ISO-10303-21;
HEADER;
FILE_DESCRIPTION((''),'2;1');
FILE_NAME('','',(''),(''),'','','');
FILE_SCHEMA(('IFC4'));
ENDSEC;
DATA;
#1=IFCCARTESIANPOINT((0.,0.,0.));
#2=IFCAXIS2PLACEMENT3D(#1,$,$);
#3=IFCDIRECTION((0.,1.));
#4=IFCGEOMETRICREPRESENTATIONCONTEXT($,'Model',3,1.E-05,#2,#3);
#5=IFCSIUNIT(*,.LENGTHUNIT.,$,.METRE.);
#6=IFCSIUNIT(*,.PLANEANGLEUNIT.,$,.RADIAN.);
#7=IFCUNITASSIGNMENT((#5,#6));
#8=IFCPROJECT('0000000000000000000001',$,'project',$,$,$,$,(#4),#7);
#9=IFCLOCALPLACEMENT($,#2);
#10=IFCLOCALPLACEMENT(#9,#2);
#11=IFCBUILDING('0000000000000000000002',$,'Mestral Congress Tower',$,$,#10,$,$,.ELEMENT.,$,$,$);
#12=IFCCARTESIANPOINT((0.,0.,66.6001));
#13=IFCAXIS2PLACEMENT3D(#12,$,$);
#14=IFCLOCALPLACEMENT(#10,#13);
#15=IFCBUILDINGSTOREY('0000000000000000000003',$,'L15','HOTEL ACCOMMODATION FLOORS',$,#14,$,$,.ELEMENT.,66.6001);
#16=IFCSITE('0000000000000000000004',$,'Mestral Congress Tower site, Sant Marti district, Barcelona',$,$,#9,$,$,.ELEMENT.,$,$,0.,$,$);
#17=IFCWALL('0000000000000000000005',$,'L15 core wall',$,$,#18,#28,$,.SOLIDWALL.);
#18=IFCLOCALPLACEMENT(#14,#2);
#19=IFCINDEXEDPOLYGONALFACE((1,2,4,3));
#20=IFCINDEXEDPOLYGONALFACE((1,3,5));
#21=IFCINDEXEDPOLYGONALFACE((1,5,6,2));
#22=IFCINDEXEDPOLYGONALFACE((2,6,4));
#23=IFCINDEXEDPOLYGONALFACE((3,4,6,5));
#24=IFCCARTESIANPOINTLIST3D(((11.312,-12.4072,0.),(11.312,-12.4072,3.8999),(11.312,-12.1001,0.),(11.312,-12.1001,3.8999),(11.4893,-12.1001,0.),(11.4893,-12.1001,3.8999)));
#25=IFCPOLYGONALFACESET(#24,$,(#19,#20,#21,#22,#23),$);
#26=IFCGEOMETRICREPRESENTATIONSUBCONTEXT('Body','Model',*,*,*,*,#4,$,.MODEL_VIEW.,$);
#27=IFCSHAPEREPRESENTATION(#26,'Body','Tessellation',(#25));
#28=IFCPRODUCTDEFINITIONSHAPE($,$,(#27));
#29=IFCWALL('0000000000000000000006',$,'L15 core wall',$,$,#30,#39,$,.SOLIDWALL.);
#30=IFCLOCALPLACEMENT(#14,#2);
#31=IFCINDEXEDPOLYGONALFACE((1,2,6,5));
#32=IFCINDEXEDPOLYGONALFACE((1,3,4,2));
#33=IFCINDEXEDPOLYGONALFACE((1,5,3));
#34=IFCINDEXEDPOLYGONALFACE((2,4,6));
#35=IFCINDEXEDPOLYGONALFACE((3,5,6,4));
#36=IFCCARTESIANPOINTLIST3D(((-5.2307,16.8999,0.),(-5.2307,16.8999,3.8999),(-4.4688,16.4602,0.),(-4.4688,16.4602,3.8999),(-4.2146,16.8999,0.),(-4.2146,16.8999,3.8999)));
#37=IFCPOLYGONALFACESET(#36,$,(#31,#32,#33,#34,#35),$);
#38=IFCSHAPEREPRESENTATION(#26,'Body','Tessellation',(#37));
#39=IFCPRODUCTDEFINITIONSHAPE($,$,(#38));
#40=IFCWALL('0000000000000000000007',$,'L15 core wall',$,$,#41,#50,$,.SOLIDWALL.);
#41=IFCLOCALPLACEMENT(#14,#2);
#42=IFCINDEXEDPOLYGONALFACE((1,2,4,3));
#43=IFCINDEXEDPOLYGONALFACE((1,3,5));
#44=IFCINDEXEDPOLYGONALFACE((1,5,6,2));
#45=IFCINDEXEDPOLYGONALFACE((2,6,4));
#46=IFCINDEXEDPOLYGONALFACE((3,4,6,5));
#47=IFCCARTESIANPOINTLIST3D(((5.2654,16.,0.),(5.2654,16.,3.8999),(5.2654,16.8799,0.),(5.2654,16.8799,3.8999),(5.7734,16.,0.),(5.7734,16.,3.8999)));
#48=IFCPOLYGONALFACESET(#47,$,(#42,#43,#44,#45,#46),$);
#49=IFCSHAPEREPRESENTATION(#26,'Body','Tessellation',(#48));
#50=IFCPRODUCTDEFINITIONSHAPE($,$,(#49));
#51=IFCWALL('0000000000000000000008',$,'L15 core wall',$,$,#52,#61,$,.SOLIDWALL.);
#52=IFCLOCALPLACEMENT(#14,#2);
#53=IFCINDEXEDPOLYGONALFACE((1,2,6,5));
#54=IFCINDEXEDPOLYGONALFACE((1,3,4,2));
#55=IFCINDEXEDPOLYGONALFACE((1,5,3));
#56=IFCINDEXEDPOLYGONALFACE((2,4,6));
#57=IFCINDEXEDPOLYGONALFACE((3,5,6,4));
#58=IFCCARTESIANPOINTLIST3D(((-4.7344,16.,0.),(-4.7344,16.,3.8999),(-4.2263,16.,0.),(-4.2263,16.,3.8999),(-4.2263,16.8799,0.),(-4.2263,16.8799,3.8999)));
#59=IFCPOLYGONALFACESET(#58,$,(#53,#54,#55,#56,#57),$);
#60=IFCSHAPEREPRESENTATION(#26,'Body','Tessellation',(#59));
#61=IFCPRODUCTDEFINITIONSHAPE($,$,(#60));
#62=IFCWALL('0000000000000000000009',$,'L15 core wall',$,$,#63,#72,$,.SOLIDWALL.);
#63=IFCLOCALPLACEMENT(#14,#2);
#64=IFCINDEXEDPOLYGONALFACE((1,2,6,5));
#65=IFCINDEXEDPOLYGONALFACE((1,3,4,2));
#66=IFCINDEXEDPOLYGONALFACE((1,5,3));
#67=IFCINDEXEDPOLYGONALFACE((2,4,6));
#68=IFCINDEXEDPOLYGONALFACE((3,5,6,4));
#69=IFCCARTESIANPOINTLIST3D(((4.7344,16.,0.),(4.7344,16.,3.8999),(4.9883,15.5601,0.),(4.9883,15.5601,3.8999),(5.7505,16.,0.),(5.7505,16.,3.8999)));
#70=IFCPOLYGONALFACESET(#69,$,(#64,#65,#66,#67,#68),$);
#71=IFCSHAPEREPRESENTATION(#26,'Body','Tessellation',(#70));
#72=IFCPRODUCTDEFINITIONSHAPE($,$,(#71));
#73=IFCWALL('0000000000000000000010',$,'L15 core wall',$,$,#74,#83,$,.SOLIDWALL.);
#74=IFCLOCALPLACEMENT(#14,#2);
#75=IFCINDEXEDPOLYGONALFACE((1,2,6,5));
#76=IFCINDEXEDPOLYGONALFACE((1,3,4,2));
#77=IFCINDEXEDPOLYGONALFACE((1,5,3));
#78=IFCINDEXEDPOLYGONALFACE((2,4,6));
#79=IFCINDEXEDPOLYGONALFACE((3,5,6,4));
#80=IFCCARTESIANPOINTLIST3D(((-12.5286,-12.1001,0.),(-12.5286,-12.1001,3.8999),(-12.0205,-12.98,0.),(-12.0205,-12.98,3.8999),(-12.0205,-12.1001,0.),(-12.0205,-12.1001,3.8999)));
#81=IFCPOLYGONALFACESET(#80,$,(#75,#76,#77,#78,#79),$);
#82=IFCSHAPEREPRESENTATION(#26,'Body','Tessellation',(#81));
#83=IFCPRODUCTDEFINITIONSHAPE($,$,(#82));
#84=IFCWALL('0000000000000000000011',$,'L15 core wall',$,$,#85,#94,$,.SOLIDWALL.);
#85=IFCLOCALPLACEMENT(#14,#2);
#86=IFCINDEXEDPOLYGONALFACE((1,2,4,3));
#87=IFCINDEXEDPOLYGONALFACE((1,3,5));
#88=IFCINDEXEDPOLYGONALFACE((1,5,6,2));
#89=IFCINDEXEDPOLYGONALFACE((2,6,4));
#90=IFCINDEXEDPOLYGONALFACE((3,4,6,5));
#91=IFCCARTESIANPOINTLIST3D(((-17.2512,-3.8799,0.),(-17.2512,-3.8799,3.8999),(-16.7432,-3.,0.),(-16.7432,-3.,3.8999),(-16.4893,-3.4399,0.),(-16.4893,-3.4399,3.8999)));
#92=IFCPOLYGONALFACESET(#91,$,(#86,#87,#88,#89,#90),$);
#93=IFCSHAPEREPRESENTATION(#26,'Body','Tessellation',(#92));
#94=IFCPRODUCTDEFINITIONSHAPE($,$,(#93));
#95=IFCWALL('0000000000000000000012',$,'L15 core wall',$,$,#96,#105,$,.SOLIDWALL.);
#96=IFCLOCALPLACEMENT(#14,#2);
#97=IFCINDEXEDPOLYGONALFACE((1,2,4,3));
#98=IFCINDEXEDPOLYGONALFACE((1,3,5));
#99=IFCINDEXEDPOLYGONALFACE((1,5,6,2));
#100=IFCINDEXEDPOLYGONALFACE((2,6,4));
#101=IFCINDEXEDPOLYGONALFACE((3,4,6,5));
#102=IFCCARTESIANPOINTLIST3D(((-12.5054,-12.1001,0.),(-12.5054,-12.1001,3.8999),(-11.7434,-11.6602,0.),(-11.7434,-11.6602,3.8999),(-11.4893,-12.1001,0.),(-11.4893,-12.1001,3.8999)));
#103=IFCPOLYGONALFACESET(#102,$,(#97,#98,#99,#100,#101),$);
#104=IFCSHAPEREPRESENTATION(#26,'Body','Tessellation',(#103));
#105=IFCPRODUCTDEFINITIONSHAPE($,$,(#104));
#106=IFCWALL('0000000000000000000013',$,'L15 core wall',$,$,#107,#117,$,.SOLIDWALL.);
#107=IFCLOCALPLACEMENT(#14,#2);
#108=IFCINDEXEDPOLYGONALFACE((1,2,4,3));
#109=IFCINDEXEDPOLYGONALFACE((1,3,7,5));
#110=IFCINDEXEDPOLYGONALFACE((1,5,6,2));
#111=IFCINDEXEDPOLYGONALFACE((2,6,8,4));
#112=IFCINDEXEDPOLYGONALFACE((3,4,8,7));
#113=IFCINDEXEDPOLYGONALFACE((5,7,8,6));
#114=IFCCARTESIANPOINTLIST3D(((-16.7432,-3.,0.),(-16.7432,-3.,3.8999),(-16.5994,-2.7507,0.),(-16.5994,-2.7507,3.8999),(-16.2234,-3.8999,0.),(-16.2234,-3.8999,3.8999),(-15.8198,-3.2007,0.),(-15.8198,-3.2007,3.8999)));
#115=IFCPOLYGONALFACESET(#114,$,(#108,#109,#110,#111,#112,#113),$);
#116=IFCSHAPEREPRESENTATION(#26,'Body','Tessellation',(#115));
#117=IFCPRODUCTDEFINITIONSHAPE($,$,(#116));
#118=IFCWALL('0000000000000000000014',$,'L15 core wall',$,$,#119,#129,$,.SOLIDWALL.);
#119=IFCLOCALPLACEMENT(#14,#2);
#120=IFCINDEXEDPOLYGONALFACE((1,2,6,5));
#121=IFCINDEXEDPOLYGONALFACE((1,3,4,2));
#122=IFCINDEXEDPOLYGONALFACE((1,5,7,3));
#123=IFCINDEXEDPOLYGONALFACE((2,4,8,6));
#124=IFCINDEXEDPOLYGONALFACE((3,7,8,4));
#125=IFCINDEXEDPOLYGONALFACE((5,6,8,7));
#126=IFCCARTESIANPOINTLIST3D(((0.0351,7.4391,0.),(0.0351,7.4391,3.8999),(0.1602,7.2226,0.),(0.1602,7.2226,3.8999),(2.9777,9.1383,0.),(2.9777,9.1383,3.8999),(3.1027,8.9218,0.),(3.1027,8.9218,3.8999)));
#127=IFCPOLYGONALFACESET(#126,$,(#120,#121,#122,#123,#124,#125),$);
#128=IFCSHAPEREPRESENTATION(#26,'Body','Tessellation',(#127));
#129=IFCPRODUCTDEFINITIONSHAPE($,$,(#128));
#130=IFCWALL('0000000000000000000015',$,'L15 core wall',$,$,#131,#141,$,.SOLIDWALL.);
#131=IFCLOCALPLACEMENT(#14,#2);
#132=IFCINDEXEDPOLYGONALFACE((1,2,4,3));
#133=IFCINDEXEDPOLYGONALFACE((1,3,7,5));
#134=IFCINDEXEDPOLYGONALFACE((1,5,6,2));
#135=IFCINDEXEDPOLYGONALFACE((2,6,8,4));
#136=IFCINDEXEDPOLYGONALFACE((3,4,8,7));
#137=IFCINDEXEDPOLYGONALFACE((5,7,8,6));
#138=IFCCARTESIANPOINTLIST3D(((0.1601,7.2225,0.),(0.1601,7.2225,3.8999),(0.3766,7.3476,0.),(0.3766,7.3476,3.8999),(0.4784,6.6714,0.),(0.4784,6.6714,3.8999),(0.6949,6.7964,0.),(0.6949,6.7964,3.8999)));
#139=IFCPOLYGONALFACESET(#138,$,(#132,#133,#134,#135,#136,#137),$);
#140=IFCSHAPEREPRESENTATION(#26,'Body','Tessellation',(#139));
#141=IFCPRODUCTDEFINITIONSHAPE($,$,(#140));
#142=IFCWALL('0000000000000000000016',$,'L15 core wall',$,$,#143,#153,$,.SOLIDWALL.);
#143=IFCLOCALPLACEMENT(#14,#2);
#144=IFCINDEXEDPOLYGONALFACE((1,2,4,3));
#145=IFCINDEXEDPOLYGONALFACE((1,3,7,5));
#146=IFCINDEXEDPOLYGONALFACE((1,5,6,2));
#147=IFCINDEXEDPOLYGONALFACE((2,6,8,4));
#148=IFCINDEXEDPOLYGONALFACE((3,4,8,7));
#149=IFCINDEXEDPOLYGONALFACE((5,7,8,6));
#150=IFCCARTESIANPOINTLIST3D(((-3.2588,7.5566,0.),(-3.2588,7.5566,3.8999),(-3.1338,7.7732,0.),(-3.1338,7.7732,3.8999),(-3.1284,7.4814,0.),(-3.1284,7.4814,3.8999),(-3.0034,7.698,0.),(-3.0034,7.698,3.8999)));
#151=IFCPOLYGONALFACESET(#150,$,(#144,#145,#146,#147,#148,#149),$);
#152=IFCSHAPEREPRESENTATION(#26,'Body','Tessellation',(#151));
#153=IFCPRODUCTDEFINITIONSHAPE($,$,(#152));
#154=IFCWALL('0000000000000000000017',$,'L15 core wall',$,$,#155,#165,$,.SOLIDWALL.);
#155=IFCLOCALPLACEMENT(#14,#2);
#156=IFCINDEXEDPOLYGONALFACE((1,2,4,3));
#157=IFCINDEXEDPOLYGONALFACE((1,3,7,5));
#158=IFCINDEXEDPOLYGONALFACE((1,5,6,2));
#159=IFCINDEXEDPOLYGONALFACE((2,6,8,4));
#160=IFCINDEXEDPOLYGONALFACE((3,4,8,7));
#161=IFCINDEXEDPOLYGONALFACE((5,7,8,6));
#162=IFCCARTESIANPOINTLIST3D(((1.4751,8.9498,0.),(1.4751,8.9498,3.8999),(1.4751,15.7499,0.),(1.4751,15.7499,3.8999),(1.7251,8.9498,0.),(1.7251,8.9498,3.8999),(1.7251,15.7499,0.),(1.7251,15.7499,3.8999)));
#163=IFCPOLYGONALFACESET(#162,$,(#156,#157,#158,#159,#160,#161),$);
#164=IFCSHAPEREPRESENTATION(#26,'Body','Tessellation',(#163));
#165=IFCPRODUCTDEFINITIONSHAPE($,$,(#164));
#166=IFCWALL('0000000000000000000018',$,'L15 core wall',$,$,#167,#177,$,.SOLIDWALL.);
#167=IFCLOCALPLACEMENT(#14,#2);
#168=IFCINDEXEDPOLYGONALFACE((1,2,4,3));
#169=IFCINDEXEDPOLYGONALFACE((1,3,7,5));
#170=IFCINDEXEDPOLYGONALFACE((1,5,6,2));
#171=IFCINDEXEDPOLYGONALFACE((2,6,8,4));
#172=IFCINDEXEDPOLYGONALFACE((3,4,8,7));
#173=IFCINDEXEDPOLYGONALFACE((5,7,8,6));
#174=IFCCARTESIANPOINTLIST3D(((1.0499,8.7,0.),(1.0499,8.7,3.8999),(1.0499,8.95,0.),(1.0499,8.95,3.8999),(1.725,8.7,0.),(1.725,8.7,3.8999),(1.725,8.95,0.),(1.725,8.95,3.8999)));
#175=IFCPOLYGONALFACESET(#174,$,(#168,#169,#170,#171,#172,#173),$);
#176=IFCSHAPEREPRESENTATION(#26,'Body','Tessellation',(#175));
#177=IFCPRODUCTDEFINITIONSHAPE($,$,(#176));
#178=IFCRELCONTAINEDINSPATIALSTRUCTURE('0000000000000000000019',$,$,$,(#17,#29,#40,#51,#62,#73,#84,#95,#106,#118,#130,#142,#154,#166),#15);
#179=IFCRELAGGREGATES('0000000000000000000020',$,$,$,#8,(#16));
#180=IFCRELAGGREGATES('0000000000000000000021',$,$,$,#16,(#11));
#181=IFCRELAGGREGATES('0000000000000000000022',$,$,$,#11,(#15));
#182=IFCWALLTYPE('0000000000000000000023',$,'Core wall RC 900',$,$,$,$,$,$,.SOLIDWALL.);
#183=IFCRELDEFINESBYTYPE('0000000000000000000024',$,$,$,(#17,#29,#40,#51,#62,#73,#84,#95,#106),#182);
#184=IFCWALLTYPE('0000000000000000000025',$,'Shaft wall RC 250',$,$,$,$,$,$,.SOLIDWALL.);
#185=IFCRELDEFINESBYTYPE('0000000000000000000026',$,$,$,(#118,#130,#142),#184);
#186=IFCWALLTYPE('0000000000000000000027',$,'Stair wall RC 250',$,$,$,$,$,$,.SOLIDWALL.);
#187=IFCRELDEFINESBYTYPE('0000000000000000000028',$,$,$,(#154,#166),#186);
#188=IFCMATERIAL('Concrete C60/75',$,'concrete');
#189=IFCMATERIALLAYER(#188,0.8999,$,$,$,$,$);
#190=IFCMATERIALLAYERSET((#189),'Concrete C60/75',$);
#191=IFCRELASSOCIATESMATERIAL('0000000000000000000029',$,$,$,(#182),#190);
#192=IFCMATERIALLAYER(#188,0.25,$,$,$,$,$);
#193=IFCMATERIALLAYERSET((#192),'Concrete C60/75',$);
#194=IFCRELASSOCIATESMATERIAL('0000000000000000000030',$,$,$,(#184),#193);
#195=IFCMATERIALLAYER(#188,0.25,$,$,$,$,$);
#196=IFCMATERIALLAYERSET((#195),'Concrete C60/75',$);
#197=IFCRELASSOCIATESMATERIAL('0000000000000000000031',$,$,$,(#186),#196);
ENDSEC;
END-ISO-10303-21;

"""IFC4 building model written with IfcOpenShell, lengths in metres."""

from ifc_helpers import new_model, si_unit, direction, frame, frame_2d, origin, place, context, subcontext, project, spatial, polyline, rectangle, outline, extrude, material, layer, layer_set, type_object, element, save


model = new_model("IFC4")

# Units and contexts
model_context = context("Model", 3, precision=1e-05, world=origin(), true_north=direction((0.0, 1.0)))
body_context = subcontext(model_context, "Body", "Model", "MODEL_VIEW")
ifc_project = project(units=[si_unit("LENGTHUNIT", "METRE"), si_unit("PLANEANGLEUNIT", "RADIAN")], contexts=[model_context])

# Site, building, storey
site_placement = place(None, origin())
site = spatial("IfcSite", under=ifc_project, at=site_placement, Name="Mestral Congress Tower site, Sant Marti district, Barcelona", CompositionType="ELEMENT", RefElevation=0.0)
building_placement = place(site_placement, origin())
building = spatial("IfcBuilding", under=site, at=building_placement, Name="Mestral Congress Tower", CompositionType="ELEMENT")
storey_placement = place(building_placement, frame((0.0, 0.0, 66.6001)))
storey = spatial("IfcBuildingStorey", under=building, at=storey_placement, Name="L15", Description="HOTEL ACCOMMODATION FLOORS", CompositionType="ELEMENT", Elevation=66.6001)

# Shared definitions
ifc_material_1 = material(Name="Concrete C60/75", Category="concrete")

# Shared definitions
placement = place(storey_placement, origin())

# Walls
ifc_layer_1 = layer(ifc_material_1, 0.8999)
ifc_layer_set_1 = layer_set([ifc_layer_1], Name="Concrete C60/75")
wall_type_1 = type_object("IfcWallType", Name="Core wall RC 900", PredefinedType="SOLIDWALL", material=ifc_layer_set_1)
element("IfcWall", 1, at=placement, inside=storey, type_object=wall_type_1, Name="L15 core wall", PredefinedType="SOLIDWALL", context=body_context, shape_type="SweptSolid", body=[
    extrude(outline(polyline([(11.4893, -12.1001), (11.312, -12.4072), (11.312, -12.1001), (11.4893, -12.1001)])), origin(), (0.0, 0.0, 1.0), 3.8999),
])
element("IfcWall", 2, at=placement, inside=storey, type_object=wall_type_1, Name="L15 core wall", PredefinedType="SOLIDWALL", context=body_context, shape_type="SweptSolid", body=[
    extrude(outline(polyline([(-4.2146, 16.8999), (-4.4688, 16.4602), (-5.2307, 16.8999), (-4.2146, 16.8999)])), origin(), (0.0, 0.0, 1.0), 3.8999),
])
element("IfcWall", 3, at=placement, inside=storey, type_object=wall_type_1, Name="L15 core wall", PredefinedType="SOLIDWALL", context=body_context, shape_type="SweptSolid", body=[
    extrude(outline(polyline([(5.2654, 16.0), (5.2654, 16.8799), (5.7734, 16.0), (5.2654, 16.0)])), origin(), (0.0, 0.0, 1.0), 3.8999),
])
element("IfcWall", 4, at=placement, inside=storey, type_object=wall_type_1, Name="L15 core wall", PredefinedType="SOLIDWALL", context=body_context, shape_type="SweptSolid", body=[
    extrude(outline(polyline([(-4.7344, 16.0), (-4.2263, 16.8799), (-4.2263, 16.0), (-4.7344, 16.0)])), origin(), (0.0, 0.0, 1.0), 3.8999),
])
element("IfcWall", 5, at=placement, inside=storey, type_object=wall_type_1, Name="L15 core wall", PredefinedType="SOLIDWALL", context=body_context, shape_type="SweptSolid", body=[
    extrude(outline(polyline([(4.7344, 16.0), (5.7505, 16.0), (4.9883, 15.5601), (4.7344, 16.0)])), origin(), (0.0, 0.0, 1.0), 3.8999),
])
element("IfcWall", 6, at=placement, inside=storey, type_object=wall_type_1, Name="L15 core wall", PredefinedType="SOLIDWALL", context=body_context, shape_type="SweptSolid", body=[
    extrude(outline(polyline([(-12.5286, -12.1001), (-12.0205, -12.1001), (-12.0205, -12.98), (-12.5286, -12.1001)])), origin(), (0.0, 0.0, 1.0), 3.8999),
])
element("IfcWall", 7, at=placement, inside=storey, type_object=wall_type_1, Name="L15 core wall", PredefinedType="SOLIDWALL", context=body_context, shape_type="SweptSolid", body=[
    extrude(outline(polyline([(-16.4893, -3.4399), (-17.2512, -3.8799), (-16.7432, -3.0), (-16.4893, -3.4399)])), origin(), (0.0, 0.0, 1.0), 3.8999),
])
element("IfcWall", 8, at=placement, inside=storey, type_object=wall_type_1, Name="L15 core wall", PredefinedType="SOLIDWALL", context=body_context, shape_type="SweptSolid", body=[
    extrude(outline(polyline([(-11.4893, -12.1001), (-12.5054, -12.1001), (-11.7434, -11.6602), (-11.4893, -12.1001)])), origin(), (0.0, 0.0, 1.0), 3.8999),
])
element("IfcWall", 9, at=placement, inside=storey, type_object=wall_type_1, Name="L15 core wall", PredefinedType="SOLIDWALL", context=body_context, shape_type="SweptSolid", body=[
    extrude(outline(polyline([(-15.8198, -3.2007), (-16.2234, -3.8999), (-16.7432, -3.0), (-16.5994, -2.7507), (-15.8198, -3.2007)])), origin(), (0.0, 0.0, 1.0), 3.8999),
])
ifc_layer_2 = layer(ifc_material_1, 0.25)
ifc_layer_set_2 = layer_set([ifc_layer_2], Name="Concrete C60/75")
wall_type_2 = type_object("IfcWallType", Name="Shaft wall RC 250", PredefinedType="SOLIDWALL", material=ifc_layer_set_2)
wall_1_placement = place(storey_placement, frame((0.0977, 7.3308, 0.0), z_axis=(0.0, 0.0, 1.0), x_axis=(0.865988, 0.500065, 0.0)))
element("IfcWall", 10, at=wall_1_placement, inside=storey, type_object=wall_type_2, Name="L15 core wall", PredefinedType="SOLIDWALL", context=body_context, shape_type="SweptSolid", body=[
    extrude(rectangle(XDim=3.3979, YDim=0.25, at=frame_2d((1.699, 0.0))), origin(), (0.0, 0.0, 1.0), 3.8999),
])
wall_2_placement = place(storey_placement, frame((0.2683, 7.2852, 0.0), z_axis=(0.0, 0.0, 1.0), x_axis=(0.500099, -0.865968, 0.0)))
element("IfcWall", 11, at=wall_2_placement, inside=storey, type_object=wall_type_2, Name="L15 core wall", PredefinedType="SOLIDWALL", context=body_context, shape_type="SweptSolid", body=[
    extrude(rectangle(XDim=0.6365, YDim=0.25, at=frame_2d((0.3184, 0.0))), origin(), (0.0, 0.0, 1.0), 3.8999),
])
element("IfcWall", 12, at=placement, inside=storey, type_object=wall_type_2, Name="L15 core wall", PredefinedType="SOLIDWALL", context=body_context, shape_type="SweptSolid", body=[
    extrude(outline(polyline([(-3.1284, 7.4814), (-3.2588, 7.5566), (-3.1338, 7.7732), (-3.0034, 7.698), (-3.1284, 7.4814)])), origin(), (0.0, 0.0, 1.0), 3.8999),
])
ifc_layer_3 = layer(ifc_material_1, 0.25)
ifc_layer_set_3 = layer_set([ifc_layer_3], Name="Concrete C60/75")
wall_type_3 = type_object("IfcWallType", Name="Stair wall RC 250", PredefinedType="SOLIDWALL", material=ifc_layer_set_3)
wall_3_placement = place(storey_placement, frame((1.6001, 8.95, 0.0), z_axis=(0.0, 0.0, 1.0), x_axis=(0.0, 1.0, 0.0)))
element("IfcWall", 13, at=wall_3_placement, inside=storey, type_object=wall_type_3, Name="L15 core wall", PredefinedType="SOLIDWALL", context=body_context, shape_type="SweptSolid", body=[
    extrude(rectangle(XDim=6.8, YDim=0.25, at=frame_2d((3.3999, 0.0))), origin(), (0.0, 0.0, 1.0), 3.8999),
])
wall_4_placement = place(storey_placement, frame((1.05, 8.825, 0.0), z_axis=(0.0, 0.0, 1.0), x_axis=(1.0, 0.0, 0.0)))
element("IfcWall", 14, at=wall_4_placement, inside=storey, type_object=wall_type_3, Name="L15 core wall", PredefinedType="SOLIDWALL", context=body_context, shape_type="SweptSolid", body=[
    extrude(rectangle(XDim=0.675, YDim=0.25, at=frame_2d((0.3374, 0.0))), origin(), (0.0, 0.0, 1.0), 3.8999),
])

save(model, "model.ifc")
